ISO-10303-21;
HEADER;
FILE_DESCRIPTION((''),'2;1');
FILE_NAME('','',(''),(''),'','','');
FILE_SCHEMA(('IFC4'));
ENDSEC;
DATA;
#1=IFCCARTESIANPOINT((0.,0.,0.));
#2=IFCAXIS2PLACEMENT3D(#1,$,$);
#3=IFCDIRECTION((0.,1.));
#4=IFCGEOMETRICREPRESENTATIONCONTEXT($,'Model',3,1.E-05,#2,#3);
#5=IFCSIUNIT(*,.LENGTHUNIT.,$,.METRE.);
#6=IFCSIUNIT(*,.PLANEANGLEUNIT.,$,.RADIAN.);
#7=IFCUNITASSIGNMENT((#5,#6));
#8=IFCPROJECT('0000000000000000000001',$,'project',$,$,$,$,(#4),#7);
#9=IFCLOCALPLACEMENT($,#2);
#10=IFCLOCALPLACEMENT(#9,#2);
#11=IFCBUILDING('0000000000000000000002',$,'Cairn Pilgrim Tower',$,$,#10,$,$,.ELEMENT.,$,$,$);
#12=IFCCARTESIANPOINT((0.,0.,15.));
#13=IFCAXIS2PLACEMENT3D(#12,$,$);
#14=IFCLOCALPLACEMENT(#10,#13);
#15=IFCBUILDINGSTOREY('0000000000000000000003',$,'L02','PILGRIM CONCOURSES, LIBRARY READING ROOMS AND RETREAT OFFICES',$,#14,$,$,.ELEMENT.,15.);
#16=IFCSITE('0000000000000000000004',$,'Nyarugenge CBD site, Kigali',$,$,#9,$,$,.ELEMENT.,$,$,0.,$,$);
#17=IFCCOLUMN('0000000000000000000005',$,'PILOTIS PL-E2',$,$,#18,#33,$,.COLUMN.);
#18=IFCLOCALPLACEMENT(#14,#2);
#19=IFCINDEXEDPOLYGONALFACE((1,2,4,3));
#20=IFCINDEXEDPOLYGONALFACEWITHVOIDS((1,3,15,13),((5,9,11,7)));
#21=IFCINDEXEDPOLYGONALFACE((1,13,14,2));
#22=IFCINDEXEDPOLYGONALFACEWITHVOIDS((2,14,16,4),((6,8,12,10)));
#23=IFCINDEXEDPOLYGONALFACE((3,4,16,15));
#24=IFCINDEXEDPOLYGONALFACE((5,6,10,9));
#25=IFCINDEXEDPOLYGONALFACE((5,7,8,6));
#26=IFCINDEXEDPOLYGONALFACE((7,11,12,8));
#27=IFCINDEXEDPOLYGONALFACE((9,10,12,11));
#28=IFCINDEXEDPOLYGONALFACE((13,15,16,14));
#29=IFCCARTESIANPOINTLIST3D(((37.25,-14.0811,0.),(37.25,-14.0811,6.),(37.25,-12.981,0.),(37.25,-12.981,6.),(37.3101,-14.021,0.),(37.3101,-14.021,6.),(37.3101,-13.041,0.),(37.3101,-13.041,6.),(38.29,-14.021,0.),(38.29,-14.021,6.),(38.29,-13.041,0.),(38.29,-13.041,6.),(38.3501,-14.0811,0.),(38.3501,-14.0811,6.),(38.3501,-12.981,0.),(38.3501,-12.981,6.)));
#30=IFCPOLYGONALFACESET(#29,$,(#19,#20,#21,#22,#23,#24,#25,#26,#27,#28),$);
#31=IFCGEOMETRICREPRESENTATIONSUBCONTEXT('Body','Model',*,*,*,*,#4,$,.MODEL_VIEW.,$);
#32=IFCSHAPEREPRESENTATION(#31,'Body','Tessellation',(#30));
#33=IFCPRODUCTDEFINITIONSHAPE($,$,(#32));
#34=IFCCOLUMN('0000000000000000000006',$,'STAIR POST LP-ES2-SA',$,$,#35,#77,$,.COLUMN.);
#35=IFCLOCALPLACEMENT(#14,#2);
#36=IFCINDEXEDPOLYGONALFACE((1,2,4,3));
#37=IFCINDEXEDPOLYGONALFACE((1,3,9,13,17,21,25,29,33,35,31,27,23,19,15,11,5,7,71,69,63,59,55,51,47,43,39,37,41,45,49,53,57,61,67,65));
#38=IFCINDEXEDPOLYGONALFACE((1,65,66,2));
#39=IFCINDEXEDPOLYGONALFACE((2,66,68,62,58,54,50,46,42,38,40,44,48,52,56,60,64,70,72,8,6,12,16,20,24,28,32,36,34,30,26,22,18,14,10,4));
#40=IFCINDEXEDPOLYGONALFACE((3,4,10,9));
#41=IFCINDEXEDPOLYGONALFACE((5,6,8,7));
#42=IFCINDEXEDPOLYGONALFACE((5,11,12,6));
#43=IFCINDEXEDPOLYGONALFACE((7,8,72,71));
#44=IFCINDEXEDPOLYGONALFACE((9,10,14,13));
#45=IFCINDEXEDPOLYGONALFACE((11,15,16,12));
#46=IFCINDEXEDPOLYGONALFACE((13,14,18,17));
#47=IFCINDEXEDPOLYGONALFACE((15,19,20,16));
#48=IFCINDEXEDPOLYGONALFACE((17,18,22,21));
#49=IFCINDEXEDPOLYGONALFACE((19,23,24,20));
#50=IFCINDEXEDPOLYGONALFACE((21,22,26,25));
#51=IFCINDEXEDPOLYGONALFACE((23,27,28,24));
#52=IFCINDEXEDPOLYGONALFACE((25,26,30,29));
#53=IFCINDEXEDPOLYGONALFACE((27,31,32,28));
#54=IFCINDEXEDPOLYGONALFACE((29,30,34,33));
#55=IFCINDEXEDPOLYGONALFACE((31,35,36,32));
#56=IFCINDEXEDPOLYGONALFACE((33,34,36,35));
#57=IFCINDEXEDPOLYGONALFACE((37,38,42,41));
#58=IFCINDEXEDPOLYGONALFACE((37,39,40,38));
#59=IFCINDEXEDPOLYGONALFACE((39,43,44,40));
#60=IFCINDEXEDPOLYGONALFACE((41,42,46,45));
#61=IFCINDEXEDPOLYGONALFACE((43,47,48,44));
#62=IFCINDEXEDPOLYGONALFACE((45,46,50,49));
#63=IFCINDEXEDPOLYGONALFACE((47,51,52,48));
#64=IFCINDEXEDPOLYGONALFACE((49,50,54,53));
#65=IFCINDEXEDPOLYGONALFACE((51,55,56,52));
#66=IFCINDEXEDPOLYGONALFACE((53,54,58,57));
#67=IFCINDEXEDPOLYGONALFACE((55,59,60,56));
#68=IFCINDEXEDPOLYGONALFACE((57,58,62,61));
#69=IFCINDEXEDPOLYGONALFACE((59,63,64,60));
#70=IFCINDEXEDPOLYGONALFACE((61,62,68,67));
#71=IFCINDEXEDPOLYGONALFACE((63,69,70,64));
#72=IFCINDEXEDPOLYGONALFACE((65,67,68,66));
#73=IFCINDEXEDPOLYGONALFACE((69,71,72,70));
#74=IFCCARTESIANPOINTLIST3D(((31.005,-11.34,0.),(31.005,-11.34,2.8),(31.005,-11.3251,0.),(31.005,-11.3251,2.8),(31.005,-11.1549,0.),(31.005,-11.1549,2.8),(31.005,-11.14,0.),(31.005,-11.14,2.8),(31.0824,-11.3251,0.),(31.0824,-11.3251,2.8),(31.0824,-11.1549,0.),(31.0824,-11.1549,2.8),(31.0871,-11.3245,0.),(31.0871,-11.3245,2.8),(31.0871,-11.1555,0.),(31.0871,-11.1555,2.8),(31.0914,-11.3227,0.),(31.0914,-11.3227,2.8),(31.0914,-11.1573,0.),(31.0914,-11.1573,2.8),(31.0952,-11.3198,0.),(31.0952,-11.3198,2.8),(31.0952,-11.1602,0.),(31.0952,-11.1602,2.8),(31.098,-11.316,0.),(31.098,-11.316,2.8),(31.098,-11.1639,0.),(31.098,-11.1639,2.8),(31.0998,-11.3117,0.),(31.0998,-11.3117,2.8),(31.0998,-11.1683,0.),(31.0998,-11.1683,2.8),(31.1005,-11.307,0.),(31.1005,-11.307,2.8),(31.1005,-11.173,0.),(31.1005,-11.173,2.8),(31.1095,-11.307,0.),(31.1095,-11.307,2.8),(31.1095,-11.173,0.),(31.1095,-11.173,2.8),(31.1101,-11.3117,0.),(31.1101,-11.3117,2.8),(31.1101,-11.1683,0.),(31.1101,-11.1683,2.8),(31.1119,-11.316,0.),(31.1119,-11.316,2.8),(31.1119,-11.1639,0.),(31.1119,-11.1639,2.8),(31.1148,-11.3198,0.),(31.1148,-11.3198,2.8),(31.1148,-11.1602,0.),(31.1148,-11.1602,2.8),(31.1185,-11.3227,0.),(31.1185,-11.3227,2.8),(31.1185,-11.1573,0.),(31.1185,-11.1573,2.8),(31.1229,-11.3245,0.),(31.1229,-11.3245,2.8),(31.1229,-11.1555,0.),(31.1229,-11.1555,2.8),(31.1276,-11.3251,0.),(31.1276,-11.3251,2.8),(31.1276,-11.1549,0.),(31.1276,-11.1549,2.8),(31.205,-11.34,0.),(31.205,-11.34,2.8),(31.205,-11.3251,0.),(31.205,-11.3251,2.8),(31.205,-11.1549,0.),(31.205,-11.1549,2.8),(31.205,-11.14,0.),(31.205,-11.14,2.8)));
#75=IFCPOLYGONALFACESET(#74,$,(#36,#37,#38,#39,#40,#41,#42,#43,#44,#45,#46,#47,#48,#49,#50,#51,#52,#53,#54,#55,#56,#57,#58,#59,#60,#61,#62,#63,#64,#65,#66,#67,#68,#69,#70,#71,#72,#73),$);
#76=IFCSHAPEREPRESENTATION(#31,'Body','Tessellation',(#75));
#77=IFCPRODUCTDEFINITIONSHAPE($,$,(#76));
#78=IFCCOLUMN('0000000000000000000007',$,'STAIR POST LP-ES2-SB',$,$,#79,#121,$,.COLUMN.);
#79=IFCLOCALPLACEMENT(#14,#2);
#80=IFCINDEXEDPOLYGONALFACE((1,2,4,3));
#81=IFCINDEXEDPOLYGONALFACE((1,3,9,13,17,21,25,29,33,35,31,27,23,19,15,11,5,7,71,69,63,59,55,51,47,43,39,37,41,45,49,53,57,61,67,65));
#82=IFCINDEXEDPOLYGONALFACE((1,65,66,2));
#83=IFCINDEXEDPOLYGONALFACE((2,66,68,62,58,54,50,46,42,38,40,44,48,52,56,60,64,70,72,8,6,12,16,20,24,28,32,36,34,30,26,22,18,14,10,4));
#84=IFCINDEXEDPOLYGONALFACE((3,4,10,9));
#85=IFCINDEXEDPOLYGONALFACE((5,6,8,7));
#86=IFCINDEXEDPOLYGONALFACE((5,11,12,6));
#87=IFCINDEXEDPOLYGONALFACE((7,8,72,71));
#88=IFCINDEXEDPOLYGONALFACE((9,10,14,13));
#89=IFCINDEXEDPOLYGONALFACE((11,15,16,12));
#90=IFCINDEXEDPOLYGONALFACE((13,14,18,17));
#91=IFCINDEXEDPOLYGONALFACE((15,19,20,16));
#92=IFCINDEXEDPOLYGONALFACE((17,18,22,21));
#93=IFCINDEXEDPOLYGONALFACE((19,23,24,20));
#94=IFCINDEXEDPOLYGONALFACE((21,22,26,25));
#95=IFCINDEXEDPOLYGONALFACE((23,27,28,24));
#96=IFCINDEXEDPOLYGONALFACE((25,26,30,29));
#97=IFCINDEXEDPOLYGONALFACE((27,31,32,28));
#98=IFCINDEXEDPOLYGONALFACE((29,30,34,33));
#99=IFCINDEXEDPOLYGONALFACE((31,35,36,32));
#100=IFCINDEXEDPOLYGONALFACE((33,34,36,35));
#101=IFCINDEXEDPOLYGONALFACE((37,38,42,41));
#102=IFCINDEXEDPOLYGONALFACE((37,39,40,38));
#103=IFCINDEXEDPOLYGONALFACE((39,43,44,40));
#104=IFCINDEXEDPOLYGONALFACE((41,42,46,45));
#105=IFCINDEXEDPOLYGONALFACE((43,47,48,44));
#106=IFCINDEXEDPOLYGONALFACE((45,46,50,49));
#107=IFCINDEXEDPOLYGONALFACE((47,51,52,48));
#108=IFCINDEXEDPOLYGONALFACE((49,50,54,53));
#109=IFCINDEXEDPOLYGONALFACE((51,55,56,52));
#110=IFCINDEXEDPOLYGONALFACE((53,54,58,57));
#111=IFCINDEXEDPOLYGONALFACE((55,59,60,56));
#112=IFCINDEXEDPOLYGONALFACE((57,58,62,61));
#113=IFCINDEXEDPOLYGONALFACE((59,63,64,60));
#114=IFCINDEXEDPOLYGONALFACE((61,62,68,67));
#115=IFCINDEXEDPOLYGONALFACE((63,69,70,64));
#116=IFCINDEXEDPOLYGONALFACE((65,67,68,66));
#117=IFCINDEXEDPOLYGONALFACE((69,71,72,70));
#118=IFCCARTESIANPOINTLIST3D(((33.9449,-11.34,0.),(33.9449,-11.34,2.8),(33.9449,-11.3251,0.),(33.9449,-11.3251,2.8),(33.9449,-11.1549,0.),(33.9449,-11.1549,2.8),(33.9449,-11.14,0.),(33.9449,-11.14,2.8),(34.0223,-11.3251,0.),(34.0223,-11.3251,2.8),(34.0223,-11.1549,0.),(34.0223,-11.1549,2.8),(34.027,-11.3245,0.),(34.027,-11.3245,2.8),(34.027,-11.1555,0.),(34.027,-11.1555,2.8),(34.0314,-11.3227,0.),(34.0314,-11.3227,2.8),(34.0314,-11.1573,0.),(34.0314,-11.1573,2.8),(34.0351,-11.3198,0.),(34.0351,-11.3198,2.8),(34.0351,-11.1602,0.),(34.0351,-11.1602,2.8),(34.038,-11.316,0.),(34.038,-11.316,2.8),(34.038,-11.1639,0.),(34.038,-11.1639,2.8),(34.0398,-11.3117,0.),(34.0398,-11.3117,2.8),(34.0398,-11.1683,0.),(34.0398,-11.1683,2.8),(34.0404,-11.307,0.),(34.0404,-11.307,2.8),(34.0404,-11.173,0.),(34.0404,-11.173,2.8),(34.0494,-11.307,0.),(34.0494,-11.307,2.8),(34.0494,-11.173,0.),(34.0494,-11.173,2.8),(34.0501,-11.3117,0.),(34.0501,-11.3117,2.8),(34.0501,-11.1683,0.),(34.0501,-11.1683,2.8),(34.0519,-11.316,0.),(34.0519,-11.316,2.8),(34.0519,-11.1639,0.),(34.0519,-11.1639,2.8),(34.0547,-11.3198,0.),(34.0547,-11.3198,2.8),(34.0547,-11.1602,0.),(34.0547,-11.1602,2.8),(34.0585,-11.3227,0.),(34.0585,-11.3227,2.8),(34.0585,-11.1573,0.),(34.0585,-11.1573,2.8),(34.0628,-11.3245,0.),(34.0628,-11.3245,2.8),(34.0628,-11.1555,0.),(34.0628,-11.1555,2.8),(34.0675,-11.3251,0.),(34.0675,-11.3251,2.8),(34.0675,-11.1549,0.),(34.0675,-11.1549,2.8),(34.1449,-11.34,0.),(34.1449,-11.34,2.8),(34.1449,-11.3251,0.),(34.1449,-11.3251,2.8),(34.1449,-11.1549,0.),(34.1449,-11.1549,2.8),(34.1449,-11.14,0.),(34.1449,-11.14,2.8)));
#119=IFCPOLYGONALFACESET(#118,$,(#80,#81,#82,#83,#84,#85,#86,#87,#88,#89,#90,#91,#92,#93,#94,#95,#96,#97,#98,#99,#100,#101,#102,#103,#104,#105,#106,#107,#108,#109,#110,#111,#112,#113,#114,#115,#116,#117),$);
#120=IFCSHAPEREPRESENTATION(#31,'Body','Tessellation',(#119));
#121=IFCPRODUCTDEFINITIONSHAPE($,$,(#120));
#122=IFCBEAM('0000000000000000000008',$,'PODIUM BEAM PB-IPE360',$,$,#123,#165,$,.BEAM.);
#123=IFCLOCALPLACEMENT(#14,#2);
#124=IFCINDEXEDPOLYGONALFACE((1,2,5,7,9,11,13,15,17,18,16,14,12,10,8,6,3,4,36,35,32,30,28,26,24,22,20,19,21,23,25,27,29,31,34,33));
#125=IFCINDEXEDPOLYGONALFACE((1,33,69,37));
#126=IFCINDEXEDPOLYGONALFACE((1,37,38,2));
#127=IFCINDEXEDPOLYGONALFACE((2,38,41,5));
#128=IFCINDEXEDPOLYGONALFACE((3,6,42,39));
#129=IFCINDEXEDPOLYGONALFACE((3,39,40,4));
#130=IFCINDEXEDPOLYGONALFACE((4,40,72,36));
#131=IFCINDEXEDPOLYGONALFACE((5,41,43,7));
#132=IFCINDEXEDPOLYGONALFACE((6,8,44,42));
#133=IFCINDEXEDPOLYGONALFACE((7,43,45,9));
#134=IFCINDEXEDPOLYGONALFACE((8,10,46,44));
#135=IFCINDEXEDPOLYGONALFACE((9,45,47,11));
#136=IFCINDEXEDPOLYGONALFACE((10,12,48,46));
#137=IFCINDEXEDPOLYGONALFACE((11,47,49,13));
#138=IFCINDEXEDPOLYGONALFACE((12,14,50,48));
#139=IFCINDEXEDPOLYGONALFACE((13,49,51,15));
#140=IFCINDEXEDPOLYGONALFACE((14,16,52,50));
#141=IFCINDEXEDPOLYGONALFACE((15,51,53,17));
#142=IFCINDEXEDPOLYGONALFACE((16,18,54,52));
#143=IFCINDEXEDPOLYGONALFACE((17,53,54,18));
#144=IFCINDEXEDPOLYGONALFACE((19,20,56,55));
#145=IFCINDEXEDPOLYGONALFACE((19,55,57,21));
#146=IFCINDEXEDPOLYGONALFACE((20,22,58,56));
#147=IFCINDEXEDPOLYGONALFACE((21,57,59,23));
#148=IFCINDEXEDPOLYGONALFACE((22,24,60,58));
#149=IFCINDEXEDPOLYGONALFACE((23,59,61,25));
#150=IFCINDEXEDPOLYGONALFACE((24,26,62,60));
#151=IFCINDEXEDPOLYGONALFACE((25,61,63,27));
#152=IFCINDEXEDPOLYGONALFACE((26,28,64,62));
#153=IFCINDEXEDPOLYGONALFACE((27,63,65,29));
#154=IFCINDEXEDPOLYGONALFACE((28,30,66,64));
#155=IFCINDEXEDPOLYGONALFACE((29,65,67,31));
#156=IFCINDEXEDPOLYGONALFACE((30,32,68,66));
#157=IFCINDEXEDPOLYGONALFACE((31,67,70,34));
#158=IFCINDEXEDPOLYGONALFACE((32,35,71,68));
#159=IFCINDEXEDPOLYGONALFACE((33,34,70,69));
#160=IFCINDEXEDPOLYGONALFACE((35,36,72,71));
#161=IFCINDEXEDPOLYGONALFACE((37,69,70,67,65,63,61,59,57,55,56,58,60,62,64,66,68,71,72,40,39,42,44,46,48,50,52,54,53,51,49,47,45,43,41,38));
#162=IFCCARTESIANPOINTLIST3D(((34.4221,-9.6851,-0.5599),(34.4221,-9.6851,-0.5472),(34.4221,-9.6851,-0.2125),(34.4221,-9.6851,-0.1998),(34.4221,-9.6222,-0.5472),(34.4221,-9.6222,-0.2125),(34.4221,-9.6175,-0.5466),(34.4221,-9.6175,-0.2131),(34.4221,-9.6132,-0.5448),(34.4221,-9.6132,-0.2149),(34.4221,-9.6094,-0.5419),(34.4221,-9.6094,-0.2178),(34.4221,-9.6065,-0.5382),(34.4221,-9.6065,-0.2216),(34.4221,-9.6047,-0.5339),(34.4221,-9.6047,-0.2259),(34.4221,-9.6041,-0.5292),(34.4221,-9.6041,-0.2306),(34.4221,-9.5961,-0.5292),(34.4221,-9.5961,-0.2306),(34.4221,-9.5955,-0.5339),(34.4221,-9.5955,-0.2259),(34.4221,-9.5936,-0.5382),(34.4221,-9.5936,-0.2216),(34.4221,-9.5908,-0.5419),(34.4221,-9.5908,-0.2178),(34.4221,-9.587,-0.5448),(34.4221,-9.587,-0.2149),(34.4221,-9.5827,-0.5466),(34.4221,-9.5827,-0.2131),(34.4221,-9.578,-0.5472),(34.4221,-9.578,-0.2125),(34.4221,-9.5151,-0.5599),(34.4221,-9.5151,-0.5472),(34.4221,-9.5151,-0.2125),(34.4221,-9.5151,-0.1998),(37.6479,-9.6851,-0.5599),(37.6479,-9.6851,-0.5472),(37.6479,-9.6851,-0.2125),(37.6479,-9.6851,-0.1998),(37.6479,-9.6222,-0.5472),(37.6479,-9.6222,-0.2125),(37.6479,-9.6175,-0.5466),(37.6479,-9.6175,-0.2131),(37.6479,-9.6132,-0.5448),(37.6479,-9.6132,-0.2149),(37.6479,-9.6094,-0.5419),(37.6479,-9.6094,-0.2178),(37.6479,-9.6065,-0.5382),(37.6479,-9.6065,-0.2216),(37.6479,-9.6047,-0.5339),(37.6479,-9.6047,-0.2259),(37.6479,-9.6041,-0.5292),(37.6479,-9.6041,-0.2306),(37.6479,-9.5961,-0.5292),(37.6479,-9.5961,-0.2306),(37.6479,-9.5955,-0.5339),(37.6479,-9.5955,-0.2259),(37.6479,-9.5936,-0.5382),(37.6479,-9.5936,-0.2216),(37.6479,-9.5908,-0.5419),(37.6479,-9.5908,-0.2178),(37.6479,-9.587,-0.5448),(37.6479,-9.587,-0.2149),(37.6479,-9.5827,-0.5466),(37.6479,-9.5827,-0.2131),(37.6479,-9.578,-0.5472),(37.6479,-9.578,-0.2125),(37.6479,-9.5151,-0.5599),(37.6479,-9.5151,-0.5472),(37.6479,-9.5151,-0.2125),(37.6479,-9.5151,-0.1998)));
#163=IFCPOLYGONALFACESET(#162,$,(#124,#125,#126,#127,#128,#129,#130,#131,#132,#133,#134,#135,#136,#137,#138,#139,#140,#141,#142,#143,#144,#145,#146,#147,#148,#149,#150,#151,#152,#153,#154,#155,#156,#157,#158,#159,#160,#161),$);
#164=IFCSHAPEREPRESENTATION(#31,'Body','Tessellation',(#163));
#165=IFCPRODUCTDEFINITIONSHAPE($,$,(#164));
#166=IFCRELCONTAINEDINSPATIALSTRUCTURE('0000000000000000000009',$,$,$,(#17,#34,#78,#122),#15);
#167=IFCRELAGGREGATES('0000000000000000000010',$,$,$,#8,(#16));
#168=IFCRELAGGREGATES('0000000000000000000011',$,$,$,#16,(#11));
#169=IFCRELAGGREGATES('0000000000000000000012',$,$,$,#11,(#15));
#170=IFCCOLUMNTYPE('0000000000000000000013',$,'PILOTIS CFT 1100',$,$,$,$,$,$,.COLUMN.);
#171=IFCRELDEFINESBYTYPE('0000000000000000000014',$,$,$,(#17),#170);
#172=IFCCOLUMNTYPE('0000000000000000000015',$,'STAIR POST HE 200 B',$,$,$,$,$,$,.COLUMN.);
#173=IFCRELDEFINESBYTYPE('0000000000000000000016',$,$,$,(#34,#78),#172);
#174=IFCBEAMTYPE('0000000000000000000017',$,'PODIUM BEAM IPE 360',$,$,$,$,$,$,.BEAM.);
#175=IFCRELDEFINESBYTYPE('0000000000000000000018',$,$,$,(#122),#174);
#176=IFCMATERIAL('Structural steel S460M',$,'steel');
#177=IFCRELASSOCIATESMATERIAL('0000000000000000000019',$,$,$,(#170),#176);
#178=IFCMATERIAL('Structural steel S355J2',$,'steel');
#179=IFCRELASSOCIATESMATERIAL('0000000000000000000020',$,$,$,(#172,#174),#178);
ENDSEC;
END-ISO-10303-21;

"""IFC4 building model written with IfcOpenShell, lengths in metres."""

from ifc_helpers import new_model, si_unit, direction, frame, origin, origin_2d, place, context, subcontext, project, spatial, hollow_rectangle, i_section, extrude, material, material_profile, profile_set, type_object, element, save


model = new_model("IFC4")

# Units and contexts
model_context = context("Model", 3, precision=1e-05, world=origin(), true_north=direction((0.0, 1.0)))
body_context = subcontext(model_context, "Body", "Model", "MODEL_VIEW")
ifc_project = project(units=[si_unit("LENGTHUNIT", "METRE"), si_unit("PLANEANGLEUNIT", "RADIAN")], contexts=[model_context])

# Site, building, storey
site_placement = place(None, origin())
site = spatial("IfcSite", under=ifc_project, at=site_placement, Name="Nyarugenge CBD site, Kigali", CompositionType="ELEMENT", RefElevation=0.0)
building_placement = place(site_placement, origin())
building = spatial("IfcBuilding", under=site, at=building_placement, Name="Cairn Pilgrim Tower", CompositionType="ELEMENT")
storey_placement = place(building_placement, frame((0.0, 0.0, 15.0)))
storey = spatial("IfcBuildingStorey", under=building, at=storey_placement, Name="L02", Description="PILGRIM CONCOURSES, LIBRARY READING ROOMS AND RETREAT OFFICES", CompositionType="ELEMENT", Elevation=15.0)

# Columns
ifc_material_1 = material(Name="Structural steel S460M", Category="steel")
ifc_material_profile_1 = material_profile(ifc_material_1, hollow_rectangle(XDim=1.1001, YDim=1.1001, WallThickness=0.0601, at=origin_2d()), Name="BOX 1100x1100x60")
ifc_profile_set_1 = profile_set([ifc_material_profile_1], Name="Structural steel S460M")
column_type_1 = type_object("IfcColumnType", Name="PILOTIS CFT 1100", PredefinedType="COLUMN", material=ifc_profile_set_1)
column_placement = place(storey_placement, frame((37.8, -13.531, 0.0), z_axis=(0.0, 0.0, 1.0), x_axis=(1.0, 0.0, 0.0)))
element("IfcColumn", 1, at=column_placement, inside=storey, type_object=column_type_1, Name="PILOTIS PL-E2", PredefinedType="COLUMN", context=body_context, shape_type="SweptSolid", body=[
    extrude(hollow_rectangle(XDim=1.1001, YDim=1.1001, WallThickness=0.0601, at=origin_2d()), origin(), (0.0, 0.0, 1.0), 6.0),
])
ifc_material_2 = material(Name="Structural steel S355J2", Category="steel")
ifc_material_profile_2 = material_profile(ifc_material_2, i_section(OverallWidth=0.2, OverallDepth=0.2, WebThickness=0.009, FlangeThickness=0.0149, FilletRadius=0.0181, at=origin_2d()), Name="HE 200 B")
ifc_profile_set_2 = profile_set([ifc_material_profile_2], Name="Structural steel S355J2")
column_type_2 = type_object("IfcColumnType", Name="STAIR POST HE 200 B", PredefinedType="COLUMN", material=ifc_profile_set_2)
for number, where, z_axis, x_axis, name in (
    (2, (31.105, -11.24, 0.0), (0.0, 0.0, 1.0), (1.0, 0.0, 0.0), "STAIR POST LP-ES2-SA"),
    (3, (34.0449, -11.24, 0.0), (0.0, 0.0, 1.0), (1.0, 0.0, 0.0), "STAIR POST LP-ES2-SB"),
):
    element("IfcColumn", number, at=place(storey_placement, frame(where, z_axis=z_axis, x_axis=x_axis)), inside=storey, type_object=column_type_2, Name=name, PredefinedType="COLUMN", context=body_context, shape_type="SweptSolid", body=[
        extrude(i_section(OverallWidth=0.2, OverallDepth=0.2, WebThickness=0.009, FlangeThickness=0.0149, FilletRadius=0.0181, at=origin_2d()), origin(), (0.0, 0.0, 1.0), 2.8),
    ])

# Beam
ifc_material_profile_3 = material_profile(ifc_material_2, i_section(OverallWidth=0.1699, OverallDepth=0.3601, WebThickness=0.0081, FlangeThickness=0.0127, FilletRadius=0.0181, at=origin_2d()), Name="IPE 360")
ifc_profile_set_3 = profile_set([ifc_material_profile_3], Name="Structural steel S355J2")
beam_type_1 = type_object("IfcBeamType", Name="PODIUM BEAM IPE 360", PredefinedType="BEAM", material=ifc_profile_set_3)
beam_1_placement = place(storey_placement, frame((34.4221, -9.6001, -0.3799), z_axis=(1.0, 0.0, 0.0), x_axis=(0.0, 1.0, 0.0)))
element("IfcBeam", 4, at=beam_1_placement, inside=storey, type_object=beam_type_1, Name="PODIUM BEAM PB-IPE360", PredefinedType="BEAM", context=body_context, shape_type="SweptSolid", body=[
    extrude(i_section(OverallWidth=0.1699, OverallDepth=0.3601, WebThickness=0.0081, FlangeThickness=0.0127, FilletRadius=0.0181, at=origin_2d()), origin(), (0.0, 0.0, 1.0), 3.2258),
])

save(model, "model.ifc")
